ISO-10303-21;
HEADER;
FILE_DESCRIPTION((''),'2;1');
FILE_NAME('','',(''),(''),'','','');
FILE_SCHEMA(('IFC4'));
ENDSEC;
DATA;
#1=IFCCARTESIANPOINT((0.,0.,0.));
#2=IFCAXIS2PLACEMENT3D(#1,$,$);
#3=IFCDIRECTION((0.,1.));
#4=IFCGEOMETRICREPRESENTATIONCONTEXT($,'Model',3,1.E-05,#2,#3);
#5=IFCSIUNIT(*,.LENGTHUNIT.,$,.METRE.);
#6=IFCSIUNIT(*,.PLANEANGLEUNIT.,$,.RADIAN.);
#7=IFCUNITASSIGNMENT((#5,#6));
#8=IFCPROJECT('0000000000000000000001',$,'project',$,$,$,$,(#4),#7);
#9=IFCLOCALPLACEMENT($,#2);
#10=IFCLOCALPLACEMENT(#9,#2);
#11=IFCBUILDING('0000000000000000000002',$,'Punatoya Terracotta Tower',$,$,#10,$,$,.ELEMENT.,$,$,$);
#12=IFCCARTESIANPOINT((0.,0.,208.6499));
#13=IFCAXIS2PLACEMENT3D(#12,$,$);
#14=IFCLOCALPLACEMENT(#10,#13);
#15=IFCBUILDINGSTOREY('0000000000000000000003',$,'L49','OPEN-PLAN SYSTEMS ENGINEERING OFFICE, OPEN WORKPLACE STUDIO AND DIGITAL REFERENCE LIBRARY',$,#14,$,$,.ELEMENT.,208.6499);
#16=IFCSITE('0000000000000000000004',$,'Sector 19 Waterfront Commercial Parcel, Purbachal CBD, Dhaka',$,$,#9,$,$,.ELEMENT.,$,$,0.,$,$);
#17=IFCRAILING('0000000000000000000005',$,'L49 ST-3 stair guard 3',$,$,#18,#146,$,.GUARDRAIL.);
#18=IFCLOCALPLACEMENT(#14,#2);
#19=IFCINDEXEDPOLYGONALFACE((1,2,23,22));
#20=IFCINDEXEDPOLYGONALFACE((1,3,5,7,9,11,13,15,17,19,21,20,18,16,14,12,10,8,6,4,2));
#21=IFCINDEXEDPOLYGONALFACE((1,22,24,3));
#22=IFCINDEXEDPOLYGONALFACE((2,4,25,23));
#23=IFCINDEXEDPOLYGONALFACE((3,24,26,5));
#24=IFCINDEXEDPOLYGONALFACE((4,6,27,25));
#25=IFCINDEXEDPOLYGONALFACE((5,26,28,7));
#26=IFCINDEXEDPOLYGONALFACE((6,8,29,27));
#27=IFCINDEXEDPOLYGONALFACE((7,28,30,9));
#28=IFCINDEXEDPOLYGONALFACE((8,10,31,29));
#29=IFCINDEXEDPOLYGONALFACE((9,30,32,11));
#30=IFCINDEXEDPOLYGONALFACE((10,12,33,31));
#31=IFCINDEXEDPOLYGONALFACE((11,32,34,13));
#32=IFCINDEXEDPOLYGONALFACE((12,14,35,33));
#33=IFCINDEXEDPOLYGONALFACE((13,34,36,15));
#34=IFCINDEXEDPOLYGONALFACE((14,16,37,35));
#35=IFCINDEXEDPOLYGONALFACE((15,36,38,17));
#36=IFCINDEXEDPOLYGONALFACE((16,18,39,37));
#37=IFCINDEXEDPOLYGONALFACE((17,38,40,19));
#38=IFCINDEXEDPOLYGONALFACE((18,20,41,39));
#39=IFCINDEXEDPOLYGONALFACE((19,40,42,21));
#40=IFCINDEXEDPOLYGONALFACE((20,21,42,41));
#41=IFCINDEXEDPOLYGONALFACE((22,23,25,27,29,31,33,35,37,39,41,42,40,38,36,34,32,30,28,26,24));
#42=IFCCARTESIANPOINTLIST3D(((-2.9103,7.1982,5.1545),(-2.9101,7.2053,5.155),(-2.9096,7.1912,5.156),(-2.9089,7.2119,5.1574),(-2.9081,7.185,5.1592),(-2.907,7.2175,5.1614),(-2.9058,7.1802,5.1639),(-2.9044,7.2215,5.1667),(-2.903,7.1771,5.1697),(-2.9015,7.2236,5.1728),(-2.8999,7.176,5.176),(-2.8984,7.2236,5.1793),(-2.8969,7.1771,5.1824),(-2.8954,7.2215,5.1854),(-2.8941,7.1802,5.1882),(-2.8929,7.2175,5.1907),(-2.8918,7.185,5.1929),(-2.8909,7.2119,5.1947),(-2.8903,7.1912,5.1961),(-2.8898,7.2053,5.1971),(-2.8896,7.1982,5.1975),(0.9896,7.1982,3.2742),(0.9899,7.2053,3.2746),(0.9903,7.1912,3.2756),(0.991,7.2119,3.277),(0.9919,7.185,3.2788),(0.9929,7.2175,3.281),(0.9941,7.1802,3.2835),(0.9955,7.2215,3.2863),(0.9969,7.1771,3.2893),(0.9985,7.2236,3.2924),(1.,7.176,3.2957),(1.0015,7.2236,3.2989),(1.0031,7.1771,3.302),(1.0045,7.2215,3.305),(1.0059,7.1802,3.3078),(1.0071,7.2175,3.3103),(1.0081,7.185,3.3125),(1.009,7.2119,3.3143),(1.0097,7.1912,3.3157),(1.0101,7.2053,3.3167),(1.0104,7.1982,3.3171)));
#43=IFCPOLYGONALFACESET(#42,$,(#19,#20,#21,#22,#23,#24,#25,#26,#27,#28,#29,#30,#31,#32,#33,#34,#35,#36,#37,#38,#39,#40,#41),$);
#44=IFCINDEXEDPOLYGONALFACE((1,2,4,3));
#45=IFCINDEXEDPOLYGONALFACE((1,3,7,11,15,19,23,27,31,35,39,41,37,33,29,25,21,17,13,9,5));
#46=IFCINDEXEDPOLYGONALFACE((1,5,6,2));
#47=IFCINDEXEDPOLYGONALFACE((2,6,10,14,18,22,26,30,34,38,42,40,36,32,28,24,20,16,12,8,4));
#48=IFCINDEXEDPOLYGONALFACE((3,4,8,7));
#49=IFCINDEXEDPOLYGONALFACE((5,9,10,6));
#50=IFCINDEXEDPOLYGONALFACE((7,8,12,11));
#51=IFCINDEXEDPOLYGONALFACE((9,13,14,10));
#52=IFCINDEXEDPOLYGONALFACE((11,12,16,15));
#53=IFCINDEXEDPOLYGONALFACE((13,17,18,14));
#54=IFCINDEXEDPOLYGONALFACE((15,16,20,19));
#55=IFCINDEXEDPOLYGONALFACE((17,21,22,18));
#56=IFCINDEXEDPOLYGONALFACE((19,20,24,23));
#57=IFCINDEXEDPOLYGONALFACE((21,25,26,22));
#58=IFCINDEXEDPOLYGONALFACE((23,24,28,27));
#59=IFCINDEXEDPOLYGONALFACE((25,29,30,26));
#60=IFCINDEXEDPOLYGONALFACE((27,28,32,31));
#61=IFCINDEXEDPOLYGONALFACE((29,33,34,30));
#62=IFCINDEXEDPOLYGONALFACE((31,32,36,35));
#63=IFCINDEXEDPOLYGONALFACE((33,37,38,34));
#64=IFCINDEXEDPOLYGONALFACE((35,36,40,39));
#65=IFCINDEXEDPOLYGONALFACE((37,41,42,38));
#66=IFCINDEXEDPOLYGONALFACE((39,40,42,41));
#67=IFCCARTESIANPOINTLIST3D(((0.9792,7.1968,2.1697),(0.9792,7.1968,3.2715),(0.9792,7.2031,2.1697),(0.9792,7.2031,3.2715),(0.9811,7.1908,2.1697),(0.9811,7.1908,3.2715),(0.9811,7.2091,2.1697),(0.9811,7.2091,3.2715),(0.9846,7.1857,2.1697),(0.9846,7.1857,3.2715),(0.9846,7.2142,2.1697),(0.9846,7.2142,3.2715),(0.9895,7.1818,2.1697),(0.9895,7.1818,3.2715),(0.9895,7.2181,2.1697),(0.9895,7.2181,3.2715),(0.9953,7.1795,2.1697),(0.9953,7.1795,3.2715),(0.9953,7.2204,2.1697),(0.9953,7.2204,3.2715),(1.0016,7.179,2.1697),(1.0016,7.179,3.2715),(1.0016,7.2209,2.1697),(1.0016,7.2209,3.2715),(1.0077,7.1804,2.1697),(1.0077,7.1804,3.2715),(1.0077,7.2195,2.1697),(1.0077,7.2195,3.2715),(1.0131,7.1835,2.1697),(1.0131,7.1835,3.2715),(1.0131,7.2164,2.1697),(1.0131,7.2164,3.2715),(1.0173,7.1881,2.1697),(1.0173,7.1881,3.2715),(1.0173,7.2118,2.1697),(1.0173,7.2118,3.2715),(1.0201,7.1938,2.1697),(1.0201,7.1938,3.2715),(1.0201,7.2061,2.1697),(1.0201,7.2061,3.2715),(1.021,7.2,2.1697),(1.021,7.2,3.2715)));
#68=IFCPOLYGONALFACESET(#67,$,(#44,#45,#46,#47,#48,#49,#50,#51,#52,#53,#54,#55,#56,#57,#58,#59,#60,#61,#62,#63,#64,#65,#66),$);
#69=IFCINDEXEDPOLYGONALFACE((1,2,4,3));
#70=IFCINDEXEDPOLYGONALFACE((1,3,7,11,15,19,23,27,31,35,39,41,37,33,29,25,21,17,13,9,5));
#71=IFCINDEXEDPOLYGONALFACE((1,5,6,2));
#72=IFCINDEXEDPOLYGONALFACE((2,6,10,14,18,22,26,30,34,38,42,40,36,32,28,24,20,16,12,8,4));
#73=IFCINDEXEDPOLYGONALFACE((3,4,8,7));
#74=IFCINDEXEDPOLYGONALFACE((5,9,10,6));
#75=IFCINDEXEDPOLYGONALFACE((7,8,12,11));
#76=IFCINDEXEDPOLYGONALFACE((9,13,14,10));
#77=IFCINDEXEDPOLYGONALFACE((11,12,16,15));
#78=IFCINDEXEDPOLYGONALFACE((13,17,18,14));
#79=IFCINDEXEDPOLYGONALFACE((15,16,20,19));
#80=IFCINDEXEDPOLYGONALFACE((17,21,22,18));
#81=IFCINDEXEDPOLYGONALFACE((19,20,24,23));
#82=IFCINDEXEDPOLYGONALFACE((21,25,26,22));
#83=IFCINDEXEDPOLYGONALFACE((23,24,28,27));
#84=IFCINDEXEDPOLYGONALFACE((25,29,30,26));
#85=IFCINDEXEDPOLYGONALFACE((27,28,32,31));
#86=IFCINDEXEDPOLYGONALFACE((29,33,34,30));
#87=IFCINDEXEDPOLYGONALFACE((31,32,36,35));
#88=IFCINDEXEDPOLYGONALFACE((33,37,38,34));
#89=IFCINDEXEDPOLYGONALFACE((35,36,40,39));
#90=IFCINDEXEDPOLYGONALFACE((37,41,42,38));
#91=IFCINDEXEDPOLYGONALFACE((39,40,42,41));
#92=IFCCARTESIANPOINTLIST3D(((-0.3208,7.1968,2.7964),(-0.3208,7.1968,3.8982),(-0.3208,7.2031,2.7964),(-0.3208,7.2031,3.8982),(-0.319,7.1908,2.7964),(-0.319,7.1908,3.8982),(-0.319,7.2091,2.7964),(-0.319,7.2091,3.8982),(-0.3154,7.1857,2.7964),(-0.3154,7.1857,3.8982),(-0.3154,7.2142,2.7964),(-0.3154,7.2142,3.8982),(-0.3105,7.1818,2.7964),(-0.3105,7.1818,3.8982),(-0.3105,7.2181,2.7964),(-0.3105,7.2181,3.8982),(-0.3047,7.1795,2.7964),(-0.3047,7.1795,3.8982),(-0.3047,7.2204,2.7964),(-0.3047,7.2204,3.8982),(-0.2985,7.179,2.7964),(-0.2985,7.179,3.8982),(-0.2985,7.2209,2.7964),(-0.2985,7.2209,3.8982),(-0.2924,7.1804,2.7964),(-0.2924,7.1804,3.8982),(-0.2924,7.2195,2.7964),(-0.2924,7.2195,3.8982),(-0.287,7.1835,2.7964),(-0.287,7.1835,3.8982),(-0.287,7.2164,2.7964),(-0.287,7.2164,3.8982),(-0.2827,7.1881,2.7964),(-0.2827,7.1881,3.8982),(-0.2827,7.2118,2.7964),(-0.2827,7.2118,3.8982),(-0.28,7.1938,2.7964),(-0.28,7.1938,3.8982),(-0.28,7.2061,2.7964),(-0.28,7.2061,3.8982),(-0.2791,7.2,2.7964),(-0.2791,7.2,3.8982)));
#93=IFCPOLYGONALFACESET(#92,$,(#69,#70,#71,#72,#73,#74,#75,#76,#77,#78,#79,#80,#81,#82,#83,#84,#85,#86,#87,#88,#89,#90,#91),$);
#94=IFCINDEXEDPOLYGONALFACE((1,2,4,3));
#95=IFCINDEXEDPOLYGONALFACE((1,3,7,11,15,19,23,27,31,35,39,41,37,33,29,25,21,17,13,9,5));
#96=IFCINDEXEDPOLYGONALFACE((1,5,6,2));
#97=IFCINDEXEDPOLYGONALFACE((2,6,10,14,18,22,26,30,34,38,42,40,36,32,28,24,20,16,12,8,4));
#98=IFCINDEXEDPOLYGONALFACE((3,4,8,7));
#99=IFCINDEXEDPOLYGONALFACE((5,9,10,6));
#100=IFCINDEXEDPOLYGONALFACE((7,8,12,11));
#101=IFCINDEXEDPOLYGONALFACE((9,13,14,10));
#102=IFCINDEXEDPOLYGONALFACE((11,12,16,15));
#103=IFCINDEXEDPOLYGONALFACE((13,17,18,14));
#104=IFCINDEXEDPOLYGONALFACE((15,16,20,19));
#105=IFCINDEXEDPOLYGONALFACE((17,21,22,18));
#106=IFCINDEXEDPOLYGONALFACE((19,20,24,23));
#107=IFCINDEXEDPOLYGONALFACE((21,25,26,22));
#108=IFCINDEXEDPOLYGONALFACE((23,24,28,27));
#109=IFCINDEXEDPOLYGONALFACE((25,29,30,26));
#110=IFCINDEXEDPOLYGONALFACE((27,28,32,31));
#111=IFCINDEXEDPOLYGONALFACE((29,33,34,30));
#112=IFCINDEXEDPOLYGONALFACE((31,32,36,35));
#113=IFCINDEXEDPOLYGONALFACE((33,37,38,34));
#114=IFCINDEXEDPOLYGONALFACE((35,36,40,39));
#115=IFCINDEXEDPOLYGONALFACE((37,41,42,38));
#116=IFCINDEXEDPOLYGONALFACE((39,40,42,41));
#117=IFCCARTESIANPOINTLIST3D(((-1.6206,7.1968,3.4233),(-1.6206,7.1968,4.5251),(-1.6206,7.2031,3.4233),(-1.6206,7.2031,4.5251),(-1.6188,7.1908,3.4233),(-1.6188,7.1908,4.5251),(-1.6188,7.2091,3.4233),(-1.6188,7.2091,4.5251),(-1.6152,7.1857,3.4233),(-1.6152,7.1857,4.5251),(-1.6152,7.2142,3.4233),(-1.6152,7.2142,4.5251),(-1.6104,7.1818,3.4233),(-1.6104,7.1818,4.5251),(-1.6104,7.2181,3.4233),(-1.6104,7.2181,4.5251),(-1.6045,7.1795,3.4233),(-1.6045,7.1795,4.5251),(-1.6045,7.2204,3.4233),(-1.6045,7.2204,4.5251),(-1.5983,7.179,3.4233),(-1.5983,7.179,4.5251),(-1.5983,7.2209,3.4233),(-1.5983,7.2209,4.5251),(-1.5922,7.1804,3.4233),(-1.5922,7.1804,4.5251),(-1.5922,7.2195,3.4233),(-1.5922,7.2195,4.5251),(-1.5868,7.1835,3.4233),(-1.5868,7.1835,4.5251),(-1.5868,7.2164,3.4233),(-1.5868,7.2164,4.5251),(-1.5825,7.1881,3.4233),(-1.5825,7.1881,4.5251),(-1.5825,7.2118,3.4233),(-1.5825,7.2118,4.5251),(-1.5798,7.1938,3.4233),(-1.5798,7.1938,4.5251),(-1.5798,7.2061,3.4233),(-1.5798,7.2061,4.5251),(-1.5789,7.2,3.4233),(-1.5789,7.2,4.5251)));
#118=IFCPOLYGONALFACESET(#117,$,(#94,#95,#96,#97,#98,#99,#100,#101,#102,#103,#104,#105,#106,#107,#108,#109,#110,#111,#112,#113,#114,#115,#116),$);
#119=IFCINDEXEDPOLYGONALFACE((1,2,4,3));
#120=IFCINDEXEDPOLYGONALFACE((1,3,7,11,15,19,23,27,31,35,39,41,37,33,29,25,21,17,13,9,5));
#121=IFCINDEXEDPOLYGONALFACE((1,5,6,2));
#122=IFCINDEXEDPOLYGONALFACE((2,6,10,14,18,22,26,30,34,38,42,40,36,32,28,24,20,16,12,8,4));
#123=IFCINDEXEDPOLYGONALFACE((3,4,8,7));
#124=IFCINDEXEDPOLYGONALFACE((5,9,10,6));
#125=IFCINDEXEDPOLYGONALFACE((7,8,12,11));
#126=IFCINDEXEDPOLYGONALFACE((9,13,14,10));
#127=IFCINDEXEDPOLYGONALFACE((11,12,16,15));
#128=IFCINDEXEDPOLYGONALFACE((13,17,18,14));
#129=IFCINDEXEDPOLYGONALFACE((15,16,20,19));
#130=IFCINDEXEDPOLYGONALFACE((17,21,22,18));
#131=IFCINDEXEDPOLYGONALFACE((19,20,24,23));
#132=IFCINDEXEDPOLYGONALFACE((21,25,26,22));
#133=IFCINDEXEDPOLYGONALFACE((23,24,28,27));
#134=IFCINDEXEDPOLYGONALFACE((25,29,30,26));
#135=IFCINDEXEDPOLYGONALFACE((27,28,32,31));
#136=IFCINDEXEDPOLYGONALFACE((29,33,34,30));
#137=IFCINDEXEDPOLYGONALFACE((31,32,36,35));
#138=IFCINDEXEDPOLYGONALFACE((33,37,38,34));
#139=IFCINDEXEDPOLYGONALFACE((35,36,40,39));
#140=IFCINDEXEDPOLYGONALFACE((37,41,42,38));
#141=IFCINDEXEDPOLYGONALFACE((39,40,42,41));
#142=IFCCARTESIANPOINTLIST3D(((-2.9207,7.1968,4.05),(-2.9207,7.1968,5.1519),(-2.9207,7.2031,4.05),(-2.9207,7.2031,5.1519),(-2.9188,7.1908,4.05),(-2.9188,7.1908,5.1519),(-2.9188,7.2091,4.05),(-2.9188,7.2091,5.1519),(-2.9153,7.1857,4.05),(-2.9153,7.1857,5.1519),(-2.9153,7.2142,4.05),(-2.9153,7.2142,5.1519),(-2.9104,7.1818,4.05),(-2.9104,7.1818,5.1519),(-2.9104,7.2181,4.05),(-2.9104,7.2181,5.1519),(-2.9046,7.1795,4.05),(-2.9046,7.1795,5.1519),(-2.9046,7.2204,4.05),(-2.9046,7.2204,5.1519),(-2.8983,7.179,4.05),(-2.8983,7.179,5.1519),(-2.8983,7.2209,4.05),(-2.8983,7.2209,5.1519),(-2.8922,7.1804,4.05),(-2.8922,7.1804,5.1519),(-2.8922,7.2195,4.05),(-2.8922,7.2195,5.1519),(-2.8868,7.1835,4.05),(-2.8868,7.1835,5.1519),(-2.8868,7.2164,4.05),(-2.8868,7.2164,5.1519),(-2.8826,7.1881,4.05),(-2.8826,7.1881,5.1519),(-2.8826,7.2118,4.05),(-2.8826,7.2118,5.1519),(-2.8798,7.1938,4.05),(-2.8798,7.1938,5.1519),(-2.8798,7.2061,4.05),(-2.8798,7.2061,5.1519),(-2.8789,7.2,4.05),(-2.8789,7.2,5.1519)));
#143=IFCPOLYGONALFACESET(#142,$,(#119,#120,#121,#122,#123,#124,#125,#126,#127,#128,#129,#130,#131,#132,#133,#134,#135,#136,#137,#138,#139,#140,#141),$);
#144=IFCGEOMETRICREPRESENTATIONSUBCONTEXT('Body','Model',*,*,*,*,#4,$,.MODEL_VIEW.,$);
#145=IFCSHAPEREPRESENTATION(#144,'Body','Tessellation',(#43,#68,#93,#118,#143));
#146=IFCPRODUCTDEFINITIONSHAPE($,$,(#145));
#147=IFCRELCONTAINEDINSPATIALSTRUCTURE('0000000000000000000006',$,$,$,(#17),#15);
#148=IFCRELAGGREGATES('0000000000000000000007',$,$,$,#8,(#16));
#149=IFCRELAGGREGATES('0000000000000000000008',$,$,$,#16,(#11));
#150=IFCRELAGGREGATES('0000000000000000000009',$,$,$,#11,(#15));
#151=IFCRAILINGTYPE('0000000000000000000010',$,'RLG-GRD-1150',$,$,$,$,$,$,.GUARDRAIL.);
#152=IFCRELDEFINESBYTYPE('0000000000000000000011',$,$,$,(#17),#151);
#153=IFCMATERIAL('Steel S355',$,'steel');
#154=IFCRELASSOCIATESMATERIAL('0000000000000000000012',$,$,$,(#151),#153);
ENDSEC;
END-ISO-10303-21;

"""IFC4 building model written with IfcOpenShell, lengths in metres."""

from ifc_helpers import new_model, si_unit, direction, frame, origin, origin_2d, place, context, subcontext, project, spatial, circle, extrude, material, type_object, element, save


model = new_model("IFC4")

# Units and contexts
model_context = context("Model", 3, precision=1e-05, world=origin(), true_north=direction((0.0, 1.0)))
body_context = subcontext(model_context, "Body", "Model", "MODEL_VIEW")
ifc_project = project(units=[si_unit("LENGTHUNIT", "METRE"), si_unit("PLANEANGLEUNIT", "RADIAN")], contexts=[model_context])

# Site, building, storey
site_placement = place(None, origin())
site = spatial("IfcSite", under=ifc_project, at=site_placement, Name="Sector 19 Waterfront Commercial Parcel, Purbachal CBD, Dhaka", CompositionType="ELEMENT", RefElevation=0.0)
building_placement = place(site_placement, origin())
building = spatial("IfcBuilding", under=site, at=building_placement, Name="Punatoya Terracotta Tower", CompositionType="ELEMENT")
storey_placement = place(building_placement, frame((0.0, 0.0, 208.6499)))
storey = spatial("IfcBuildingStorey", under=building, at=storey_placement, Name="L49", Description="OPEN-PLAN SYSTEMS ENGINEERING OFFICE, OPEN WORKPLACE STUDIO AND DIGITAL REFERENCE LIBRARY", CompositionType="ELEMENT", Elevation=208.6499)

# Shared definitions
ifc_material_1 = material(Name="Steel S355", Category="steel")

# Railing
railing_type_1 = type_object("IfcRailingType", Name="RLG-GRD-1150", PredefinedType="GUARDRAIL", material=ifc_material_1)
railing_1_placement = place(storey_placement, frame((1.0, 7.2, 2.1697)))
element("IfcRailing", 1, at=railing_1_placement, inside=storey, type_object=railing_type_1, Name="L49 ST-3 stair guard 3", PredefinedType="GUARDRAIL", context=body_context, shape_type="SweptSolid", body=[
    extrude(circle(Radius=0.0239, at=origin_2d()), frame((0.0, 0.0, 1.126), z_axis=(-0.900763, 0.0, 0.434311), x_axis=(0.0, -1.0, 0.0)), (0.0, 0.0, 1.0), 4.3296),
    extrude(circle(Radius=0.021, at=origin_2d()), origin(), (0.0, 0.0, 1.0), 1.1018),
    extrude(circle(Radius=0.021, at=origin_2d()), frame((-1.3, 0.0, 0.6267)), (0.0, 0.0, 1.0), 1.1018),
    extrude(circle(Radius=0.021, at=origin_2d()), frame((-2.5999, 0.0, 1.2537)), (0.0, 0.0, 1.0), 1.1018),
    extrude(circle(Radius=0.021, at=origin_2d()), frame((-3.8999, 0.0, 1.8804)), (0.0, 0.0, 1.0), 1.1018),
])

save(model, "model.ifc")
